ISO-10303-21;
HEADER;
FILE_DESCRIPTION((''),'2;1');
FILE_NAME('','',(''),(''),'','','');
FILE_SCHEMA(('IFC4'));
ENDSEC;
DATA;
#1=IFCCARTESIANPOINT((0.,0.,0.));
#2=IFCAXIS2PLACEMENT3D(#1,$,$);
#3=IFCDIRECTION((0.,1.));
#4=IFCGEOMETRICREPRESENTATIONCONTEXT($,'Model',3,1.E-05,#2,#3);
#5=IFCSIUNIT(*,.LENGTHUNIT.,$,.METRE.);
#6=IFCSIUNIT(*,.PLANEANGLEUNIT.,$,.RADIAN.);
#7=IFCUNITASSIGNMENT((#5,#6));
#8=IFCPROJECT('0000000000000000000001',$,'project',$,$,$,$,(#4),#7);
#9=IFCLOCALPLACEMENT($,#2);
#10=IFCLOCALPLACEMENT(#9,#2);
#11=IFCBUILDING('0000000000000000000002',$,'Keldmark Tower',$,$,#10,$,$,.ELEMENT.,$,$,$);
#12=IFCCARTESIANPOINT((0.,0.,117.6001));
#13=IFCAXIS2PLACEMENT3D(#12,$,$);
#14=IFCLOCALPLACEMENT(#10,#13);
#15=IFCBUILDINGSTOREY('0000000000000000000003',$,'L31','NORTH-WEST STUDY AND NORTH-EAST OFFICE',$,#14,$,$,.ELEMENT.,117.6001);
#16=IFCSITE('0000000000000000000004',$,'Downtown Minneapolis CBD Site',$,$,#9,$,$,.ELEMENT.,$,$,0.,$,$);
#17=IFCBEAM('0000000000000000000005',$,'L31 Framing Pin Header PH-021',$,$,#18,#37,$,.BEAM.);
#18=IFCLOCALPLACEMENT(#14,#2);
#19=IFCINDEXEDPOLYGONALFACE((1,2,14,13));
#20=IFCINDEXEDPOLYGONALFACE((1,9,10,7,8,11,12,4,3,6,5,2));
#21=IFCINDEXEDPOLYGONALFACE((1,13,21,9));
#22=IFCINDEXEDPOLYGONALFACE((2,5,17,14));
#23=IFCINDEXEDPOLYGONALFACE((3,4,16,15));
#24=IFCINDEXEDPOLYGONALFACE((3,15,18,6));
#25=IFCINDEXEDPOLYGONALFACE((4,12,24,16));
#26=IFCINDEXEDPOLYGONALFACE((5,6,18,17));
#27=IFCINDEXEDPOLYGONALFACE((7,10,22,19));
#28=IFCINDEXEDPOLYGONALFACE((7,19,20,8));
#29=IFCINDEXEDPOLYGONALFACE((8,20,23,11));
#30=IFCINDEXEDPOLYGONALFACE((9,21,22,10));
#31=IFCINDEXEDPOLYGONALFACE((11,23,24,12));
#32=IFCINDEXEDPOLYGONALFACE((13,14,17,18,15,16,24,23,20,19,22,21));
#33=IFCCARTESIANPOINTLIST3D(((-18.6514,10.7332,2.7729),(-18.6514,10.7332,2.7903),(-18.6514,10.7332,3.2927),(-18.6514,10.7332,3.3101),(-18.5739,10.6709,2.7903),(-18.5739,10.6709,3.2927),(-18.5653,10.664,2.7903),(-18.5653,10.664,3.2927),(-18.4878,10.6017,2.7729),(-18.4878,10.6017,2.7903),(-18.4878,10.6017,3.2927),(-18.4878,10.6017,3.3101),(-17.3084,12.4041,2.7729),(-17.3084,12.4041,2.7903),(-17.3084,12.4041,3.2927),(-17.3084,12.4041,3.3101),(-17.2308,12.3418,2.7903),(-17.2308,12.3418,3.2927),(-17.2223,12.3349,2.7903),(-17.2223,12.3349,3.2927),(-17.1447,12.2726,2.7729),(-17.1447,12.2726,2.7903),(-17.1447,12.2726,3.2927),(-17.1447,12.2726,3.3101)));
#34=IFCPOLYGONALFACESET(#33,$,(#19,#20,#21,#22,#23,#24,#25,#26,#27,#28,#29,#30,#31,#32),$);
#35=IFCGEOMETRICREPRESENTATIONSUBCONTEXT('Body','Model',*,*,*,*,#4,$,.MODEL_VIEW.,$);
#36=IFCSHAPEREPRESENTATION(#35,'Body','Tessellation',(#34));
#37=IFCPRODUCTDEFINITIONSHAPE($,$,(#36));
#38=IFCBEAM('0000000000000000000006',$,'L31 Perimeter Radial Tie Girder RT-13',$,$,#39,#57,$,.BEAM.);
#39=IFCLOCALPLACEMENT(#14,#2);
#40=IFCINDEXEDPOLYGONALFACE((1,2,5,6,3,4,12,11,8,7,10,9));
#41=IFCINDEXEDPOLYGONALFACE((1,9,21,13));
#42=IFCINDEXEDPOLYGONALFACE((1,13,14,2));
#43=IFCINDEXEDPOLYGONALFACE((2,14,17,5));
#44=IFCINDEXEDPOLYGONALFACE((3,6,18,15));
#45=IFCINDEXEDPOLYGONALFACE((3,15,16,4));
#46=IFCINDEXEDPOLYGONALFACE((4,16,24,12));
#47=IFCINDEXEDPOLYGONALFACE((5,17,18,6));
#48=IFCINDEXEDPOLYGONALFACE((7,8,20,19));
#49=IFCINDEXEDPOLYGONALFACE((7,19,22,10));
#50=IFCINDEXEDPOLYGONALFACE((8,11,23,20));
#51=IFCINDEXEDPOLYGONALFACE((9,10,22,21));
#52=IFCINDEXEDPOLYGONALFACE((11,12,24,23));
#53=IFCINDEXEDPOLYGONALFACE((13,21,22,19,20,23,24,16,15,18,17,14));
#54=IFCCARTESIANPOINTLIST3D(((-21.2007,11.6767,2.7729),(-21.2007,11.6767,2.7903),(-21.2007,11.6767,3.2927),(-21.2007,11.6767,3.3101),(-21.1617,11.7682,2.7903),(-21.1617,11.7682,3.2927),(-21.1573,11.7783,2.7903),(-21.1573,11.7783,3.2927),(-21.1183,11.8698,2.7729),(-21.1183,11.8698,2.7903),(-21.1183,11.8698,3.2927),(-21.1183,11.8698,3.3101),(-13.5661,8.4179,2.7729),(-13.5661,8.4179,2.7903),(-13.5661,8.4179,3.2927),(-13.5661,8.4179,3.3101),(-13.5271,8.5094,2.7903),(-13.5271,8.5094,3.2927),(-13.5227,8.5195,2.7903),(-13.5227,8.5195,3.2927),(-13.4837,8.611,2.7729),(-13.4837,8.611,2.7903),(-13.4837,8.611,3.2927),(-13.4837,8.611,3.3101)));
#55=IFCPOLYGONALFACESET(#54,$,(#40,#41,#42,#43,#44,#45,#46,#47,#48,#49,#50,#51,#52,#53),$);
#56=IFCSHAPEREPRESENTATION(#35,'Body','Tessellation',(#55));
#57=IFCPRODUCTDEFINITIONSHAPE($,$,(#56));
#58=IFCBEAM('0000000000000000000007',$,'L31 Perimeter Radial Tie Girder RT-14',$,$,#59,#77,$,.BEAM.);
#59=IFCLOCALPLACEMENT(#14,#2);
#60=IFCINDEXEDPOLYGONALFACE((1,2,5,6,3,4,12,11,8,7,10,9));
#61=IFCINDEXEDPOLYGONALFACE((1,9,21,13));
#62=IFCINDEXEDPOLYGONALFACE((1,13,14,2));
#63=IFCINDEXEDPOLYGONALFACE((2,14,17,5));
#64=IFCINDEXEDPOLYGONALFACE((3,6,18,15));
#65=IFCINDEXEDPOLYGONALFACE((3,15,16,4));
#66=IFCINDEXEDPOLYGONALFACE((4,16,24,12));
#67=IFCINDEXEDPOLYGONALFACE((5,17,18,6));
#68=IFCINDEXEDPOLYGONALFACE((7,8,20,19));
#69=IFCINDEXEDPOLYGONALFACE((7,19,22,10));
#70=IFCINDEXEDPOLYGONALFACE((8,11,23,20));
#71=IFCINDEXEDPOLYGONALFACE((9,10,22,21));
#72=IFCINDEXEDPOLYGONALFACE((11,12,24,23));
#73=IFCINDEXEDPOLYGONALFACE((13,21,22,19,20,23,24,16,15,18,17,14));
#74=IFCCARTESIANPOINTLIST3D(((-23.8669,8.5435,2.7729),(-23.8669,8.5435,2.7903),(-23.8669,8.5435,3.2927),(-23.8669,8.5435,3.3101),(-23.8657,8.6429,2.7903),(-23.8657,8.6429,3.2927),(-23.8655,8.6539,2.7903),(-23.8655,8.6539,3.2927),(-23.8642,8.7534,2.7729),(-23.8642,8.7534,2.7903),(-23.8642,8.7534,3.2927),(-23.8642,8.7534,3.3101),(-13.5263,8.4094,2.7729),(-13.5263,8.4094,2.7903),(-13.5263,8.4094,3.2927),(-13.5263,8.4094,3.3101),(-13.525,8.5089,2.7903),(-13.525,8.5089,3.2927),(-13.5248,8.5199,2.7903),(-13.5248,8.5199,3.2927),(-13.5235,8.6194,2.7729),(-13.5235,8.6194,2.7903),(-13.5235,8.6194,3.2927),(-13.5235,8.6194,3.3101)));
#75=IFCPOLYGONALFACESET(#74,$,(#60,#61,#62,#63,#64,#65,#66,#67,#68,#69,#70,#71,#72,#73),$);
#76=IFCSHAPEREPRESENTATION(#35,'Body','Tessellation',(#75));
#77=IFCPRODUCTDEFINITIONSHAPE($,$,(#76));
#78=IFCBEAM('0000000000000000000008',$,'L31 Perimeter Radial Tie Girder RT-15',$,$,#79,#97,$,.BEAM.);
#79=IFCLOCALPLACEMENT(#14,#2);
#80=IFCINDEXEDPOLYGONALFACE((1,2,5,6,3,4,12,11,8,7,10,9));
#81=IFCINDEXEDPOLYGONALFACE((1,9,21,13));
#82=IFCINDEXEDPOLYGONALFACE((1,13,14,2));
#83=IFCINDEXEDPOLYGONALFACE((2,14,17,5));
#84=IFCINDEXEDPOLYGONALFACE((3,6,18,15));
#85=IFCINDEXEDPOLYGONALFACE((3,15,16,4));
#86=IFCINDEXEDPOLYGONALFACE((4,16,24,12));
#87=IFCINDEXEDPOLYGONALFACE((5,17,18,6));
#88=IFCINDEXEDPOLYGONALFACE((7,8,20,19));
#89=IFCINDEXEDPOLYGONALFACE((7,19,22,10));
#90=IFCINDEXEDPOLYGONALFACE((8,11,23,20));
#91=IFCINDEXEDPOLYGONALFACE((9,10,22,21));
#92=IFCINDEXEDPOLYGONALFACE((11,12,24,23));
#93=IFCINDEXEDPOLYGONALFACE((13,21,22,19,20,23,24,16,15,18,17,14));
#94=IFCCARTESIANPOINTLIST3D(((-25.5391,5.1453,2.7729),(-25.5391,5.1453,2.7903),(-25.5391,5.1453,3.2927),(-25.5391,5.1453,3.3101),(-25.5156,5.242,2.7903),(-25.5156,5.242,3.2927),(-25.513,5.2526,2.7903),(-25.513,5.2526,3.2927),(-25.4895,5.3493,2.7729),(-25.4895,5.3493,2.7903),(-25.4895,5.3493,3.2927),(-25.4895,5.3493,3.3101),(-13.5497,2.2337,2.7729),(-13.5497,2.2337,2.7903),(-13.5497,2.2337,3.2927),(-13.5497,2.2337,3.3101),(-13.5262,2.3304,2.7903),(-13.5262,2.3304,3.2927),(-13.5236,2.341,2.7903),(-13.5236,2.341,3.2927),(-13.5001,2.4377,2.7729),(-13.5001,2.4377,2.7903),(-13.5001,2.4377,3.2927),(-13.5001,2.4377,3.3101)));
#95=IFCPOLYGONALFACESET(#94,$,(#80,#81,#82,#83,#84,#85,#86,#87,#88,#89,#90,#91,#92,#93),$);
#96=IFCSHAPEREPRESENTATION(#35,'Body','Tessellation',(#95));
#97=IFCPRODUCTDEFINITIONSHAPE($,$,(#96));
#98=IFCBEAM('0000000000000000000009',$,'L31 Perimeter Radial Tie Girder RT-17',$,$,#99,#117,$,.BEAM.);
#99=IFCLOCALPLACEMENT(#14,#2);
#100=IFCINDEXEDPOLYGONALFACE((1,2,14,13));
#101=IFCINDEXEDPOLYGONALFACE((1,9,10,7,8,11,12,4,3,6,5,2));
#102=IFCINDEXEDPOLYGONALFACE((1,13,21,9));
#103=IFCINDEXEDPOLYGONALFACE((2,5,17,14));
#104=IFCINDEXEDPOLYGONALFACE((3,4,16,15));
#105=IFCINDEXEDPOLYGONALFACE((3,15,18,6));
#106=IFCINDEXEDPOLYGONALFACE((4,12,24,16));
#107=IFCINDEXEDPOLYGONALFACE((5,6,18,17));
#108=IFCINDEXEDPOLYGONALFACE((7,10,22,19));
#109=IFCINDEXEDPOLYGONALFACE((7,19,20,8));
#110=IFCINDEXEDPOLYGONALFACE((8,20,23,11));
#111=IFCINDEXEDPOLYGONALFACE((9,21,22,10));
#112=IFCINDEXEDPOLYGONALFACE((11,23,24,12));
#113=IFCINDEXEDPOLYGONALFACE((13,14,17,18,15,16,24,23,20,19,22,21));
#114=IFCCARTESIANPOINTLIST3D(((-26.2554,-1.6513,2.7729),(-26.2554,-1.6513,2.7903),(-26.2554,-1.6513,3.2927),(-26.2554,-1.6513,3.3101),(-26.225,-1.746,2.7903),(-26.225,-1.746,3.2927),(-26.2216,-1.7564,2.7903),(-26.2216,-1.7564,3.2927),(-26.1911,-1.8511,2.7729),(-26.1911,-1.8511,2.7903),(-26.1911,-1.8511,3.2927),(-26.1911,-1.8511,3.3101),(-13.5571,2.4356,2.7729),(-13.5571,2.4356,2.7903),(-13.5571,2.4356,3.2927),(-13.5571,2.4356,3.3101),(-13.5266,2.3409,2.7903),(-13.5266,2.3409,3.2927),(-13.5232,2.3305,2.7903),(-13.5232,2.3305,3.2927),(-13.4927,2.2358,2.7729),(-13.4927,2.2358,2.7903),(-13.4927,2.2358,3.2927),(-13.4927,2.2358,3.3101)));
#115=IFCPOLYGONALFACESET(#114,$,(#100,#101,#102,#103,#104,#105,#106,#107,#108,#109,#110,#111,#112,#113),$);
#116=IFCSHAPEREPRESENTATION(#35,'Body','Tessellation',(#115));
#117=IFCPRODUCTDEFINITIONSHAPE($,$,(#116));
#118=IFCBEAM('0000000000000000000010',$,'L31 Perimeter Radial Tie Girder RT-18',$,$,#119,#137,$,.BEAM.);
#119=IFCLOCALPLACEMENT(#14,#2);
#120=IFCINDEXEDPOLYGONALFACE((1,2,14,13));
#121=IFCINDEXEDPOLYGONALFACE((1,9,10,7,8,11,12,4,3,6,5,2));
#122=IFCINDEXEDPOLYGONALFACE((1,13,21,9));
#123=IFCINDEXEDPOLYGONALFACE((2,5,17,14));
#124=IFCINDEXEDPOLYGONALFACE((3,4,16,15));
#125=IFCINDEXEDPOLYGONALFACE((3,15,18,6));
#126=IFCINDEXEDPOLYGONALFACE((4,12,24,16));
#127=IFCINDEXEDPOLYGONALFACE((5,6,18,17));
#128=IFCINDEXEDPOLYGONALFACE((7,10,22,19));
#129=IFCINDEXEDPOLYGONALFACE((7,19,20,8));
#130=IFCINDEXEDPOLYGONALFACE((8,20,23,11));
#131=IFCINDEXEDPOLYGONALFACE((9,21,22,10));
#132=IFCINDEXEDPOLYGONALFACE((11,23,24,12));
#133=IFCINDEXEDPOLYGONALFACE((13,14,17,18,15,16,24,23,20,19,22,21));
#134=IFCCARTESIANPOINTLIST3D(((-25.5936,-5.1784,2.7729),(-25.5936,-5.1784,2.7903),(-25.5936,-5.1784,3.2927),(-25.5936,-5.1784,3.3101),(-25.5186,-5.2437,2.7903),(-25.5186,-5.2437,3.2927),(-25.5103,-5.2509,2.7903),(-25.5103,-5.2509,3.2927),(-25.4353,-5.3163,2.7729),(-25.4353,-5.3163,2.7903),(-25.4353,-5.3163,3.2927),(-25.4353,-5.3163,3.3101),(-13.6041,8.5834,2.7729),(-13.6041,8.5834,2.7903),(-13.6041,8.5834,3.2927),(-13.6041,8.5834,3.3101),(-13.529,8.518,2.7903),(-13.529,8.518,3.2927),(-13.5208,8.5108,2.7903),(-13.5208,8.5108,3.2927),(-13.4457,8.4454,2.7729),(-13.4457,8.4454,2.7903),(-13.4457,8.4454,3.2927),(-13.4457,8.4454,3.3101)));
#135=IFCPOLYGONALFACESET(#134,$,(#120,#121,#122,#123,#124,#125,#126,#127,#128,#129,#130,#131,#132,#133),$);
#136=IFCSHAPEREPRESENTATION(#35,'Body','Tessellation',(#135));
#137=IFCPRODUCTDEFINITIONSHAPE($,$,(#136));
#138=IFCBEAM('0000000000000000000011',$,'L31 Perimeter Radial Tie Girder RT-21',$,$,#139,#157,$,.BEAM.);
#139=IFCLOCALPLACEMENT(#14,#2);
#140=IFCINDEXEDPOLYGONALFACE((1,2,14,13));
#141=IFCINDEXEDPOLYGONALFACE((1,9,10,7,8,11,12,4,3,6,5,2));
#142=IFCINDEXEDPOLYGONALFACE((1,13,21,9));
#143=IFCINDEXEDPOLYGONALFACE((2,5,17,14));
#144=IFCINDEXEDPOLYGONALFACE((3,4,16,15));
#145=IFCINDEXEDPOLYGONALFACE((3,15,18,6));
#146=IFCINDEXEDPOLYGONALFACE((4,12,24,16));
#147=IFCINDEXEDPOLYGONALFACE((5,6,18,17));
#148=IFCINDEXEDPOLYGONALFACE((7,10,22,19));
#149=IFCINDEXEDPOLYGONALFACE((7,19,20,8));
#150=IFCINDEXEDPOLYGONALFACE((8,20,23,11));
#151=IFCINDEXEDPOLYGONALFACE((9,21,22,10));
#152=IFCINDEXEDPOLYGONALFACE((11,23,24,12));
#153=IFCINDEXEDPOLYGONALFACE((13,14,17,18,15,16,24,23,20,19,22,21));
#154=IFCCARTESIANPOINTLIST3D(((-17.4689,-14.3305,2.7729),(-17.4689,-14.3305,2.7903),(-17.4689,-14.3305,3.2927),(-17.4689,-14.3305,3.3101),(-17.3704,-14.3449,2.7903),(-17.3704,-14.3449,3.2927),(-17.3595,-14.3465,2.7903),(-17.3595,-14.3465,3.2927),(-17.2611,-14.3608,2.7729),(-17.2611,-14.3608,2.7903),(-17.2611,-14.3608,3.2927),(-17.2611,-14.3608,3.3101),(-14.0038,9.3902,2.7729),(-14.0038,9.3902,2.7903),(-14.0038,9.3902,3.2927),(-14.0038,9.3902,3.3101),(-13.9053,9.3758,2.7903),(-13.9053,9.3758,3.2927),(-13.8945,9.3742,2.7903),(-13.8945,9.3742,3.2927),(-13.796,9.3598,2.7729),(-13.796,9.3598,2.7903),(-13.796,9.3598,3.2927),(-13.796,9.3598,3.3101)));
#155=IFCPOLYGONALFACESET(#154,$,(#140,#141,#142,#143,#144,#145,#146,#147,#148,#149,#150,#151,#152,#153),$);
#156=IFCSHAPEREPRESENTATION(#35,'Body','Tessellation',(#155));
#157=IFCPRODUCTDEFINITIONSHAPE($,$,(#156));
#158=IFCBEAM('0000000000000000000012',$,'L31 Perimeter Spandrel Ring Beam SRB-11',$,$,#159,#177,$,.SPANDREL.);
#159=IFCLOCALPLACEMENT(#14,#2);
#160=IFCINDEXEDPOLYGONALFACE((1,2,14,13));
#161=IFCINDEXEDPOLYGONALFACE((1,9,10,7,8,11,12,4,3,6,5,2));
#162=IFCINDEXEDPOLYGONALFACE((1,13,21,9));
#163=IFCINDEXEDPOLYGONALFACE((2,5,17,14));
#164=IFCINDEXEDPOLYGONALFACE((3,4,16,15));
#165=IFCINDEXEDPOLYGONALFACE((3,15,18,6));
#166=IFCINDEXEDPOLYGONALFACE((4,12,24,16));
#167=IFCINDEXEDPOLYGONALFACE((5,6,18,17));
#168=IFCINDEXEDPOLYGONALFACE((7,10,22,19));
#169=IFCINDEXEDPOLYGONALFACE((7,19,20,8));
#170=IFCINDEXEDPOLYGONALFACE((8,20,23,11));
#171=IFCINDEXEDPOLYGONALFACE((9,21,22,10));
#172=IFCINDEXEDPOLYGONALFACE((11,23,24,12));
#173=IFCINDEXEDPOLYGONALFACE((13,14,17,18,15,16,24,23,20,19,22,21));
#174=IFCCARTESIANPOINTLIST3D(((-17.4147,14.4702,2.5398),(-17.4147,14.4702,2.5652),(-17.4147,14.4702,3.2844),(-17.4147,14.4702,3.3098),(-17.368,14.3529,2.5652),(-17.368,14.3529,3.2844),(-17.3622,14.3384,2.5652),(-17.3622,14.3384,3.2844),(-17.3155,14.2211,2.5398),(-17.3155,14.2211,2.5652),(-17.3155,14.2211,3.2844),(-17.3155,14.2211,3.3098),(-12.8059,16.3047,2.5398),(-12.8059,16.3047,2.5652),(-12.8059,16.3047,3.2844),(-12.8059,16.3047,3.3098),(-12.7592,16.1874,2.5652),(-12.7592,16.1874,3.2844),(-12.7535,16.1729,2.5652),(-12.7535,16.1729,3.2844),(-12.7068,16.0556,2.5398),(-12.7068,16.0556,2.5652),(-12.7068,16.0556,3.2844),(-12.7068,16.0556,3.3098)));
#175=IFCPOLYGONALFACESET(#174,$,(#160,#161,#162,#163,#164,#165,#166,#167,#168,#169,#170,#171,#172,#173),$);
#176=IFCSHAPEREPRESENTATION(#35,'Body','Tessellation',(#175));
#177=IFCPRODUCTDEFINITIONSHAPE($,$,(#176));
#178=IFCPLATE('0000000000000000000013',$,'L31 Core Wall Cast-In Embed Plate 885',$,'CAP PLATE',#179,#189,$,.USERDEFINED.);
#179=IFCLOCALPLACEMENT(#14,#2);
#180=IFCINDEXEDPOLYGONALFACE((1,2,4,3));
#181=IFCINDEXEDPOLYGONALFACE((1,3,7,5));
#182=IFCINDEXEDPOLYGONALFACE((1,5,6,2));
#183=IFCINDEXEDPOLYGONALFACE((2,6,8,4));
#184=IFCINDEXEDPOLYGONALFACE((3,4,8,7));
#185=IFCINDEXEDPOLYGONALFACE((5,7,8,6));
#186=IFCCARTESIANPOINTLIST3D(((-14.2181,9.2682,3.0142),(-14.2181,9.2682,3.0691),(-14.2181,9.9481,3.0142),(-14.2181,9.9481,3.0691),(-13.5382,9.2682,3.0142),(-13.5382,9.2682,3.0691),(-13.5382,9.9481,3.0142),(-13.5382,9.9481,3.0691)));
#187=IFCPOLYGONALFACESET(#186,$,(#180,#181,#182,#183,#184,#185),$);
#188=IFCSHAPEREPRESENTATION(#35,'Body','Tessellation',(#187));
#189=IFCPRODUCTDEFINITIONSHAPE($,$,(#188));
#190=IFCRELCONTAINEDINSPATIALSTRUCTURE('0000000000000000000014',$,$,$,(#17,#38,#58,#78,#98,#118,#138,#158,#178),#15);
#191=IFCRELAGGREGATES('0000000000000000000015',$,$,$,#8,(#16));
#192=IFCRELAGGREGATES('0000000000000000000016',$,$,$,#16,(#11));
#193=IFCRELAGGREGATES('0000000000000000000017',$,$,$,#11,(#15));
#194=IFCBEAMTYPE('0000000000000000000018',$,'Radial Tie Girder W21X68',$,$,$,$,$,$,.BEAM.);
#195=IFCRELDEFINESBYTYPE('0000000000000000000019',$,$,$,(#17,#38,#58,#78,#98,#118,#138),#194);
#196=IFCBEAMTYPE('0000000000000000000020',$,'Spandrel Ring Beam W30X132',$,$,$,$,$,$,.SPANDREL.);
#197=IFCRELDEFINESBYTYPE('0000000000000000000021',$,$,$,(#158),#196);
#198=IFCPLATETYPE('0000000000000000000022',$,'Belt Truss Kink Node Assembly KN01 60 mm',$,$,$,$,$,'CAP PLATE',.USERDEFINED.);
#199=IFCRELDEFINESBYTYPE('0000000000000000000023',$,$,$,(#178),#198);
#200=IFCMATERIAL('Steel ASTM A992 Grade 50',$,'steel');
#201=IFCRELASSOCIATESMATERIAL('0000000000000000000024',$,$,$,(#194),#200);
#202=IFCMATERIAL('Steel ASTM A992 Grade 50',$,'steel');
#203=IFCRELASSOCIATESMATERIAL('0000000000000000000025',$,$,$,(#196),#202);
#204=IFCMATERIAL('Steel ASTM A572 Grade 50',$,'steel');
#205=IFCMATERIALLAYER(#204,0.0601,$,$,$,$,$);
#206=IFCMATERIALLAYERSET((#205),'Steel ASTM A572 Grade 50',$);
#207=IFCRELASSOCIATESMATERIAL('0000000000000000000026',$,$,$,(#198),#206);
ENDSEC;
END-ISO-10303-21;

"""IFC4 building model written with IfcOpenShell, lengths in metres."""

from ifc_helpers import new_model, si_unit, direction, frame, origin, origin_2d, place, context, subcontext, project, spatial, rectangle, i_section, extrude, material, layer, layer_set, material_profile, profile_set, type_object, element, save


model = new_model("IFC4")

# Units and contexts
model_context = context("Model", 3, precision=1e-05, world=origin(), true_north=direction((0.0, 1.0)))
body_context = subcontext(model_context, "Body", "Model", "MODEL_VIEW")
ifc_project = project(units=[si_unit("LENGTHUNIT", "METRE"), si_unit("PLANEANGLEUNIT", "RADIAN")], contexts=[model_context])

# Site, building, storey
site_placement = place(None, origin())
site = spatial("IfcSite", under=ifc_project, at=site_placement, Name="Downtown Minneapolis CBD Site", CompositionType="ELEMENT", RefElevation=0.0)
building_placement = place(site_placement, origin())
building = spatial("IfcBuilding", under=site, at=building_placement, Name="Keldmark Tower", CompositionType="ELEMENT")
storey_placement = place(building_placement, frame((0.0, 0.0, 117.6001)))
storey = spatial("IfcBuildingStorey", under=building, at=storey_placement, Name="L31", Description="NORTH-WEST STUDY AND NORTH-EAST OFFICE", CompositionType="ELEMENT", Elevation=117.6001)

# Beams
ifc_material_1 = material(Name="Steel ASTM A992 Grade 50", Category="steel")
ifc_material_profile_1 = material_profile(ifc_material_1, i_section(OverallWidth=0.21, OverallDepth=0.5371, WebThickness=0.011, FlangeThickness=0.0173, at=origin_2d()), Name="W21X68")
ifc_profile_set_1 = profile_set([ifc_material_profile_1], Name="Steel ASTM A992 Grade 50")
beam_type_1 = type_object("IfcBeamType", Name="Radial Tie Girder W21X68", PredefinedType="BEAM", material=ifc_profile_set_1)
beam_1_placement = place(storey_placement, frame((-17.2266, 12.3384, 3.0415), z_axis=(-0.626485, -0.779433, 0.0), x_axis=(0.779433, -0.626485, 0.0)))
element("IfcBeam", 1, at=beam_1_placement, inside=storey, type_object=beam_type_1, Name="L31 Framing Pin Header PH-021", PredefinedType="BEAM", context=body_context, shape_type="SweptSolid", body=[
    extrude(i_section(OverallWidth=0.21, OverallDepth=0.5371, WebThickness=0.011, FlangeThickness=0.0173, at=origin_2d()), origin(), (0.0, 0.0, 1.0), 2.1438),
])
beam_2_placement = place(storey_placement, frame((-13.5249, 8.5144, 3.0415), z_axis=(-0.919718, 0.392581, 0.0), x_axis=(-0.392581, -0.919718, 0.0)))
element("IfcBeam", 2, at=beam_2_placement, inside=storey, type_object=beam_type_1, Name="L31 Perimeter Radial Tie Girder RT-13", PredefinedType="BEAM", context=body_context, shape_type="SweptSolid", body=[
    extrude(i_section(OverallWidth=0.21, OverallDepth=0.5371, WebThickness=0.011, FlangeThickness=0.0173, at=origin_2d()), origin(), (0.0, 0.0, 1.0), 8.301),
])
beam_3_placement = place(storey_placement, frame((-13.5249, 8.5144, 3.0415), z_axis=(-0.999916, 0.012961, 0.0), x_axis=(-0.012961, -0.999916, 0.0)))
element("IfcBeam", 3, at=beam_3_placement, inside=storey, type_object=beam_type_1, Name="L31 Perimeter Radial Tie Girder RT-14", PredefinedType="BEAM", context=body_context, shape_type="SweptSolid", body=[
    extrude(i_section(OverallWidth=0.21, OverallDepth=0.5371, WebThickness=0.011, FlangeThickness=0.0173, at=origin_2d()), origin(), (0.0, 0.0, 1.0), 10.3416),
])
beam_4_placement = place(storey_placement, frame((-13.5249, 2.3357, 3.0415), z_axis=(-0.971756, 0.235989, 0.0), x_axis=(-0.235989, -0.971756, 0.0)))
element("IfcBeam", 4, at=beam_4_placement, inside=storey, type_object=beam_type_1, Name="L31 Perimeter Radial Tie Girder RT-15", PredefinedType="BEAM", context=body_context, shape_type="SweptSolid", body=[
    extrude(i_section(OverallWidth=0.21, OverallDepth=0.5371, WebThickness=0.011, FlangeThickness=0.0173, at=origin_2d()), origin(), (0.0, 0.0, 1.0), 12.3379),
])
beam_5_placement = place(storey_placement, frame((-13.5249, 2.3357, 3.0415), z_axis=(-0.951914, -0.306366, 0.0), x_axis=(0.306366, -0.951914, 0.0)))
element("IfcBeam", 5, at=beam_5_placement, inside=storey, type_object=beam_type_1, Name="L31 Perimeter Radial Tie Girder RT-17", PredefinedType="BEAM", context=body_context, shape_type="SweptSolid", body=[
    extrude(i_section(OverallWidth=0.21, OverallDepth=0.5371, WebThickness=0.011, FlangeThickness=0.0173, at=origin_2d()), origin(), (0.0, 0.0, 1.0), 13.3398),
])
beam_6_placement = place(storey_placement, frame((-13.5249, 8.5144, 3.0415), z_axis=(-0.656889, -0.753987, 0.0), x_axis=(0.753987, -0.656889, 0.0)))
element("IfcBeam", 6, at=beam_6_placement, inside=storey, type_object=beam_type_1, Name="L31 Perimeter Radial Tie Girder RT-18", PredefinedType="BEAM", context=body_context, shape_type="SweptSolid", body=[
    extrude(i_section(OverallWidth=0.21, OverallDepth=0.5371, WebThickness=0.011, FlangeThickness=0.0173, at=origin_2d()), origin(), (0.0, 0.0, 1.0), 18.252),
])
beam_7_placement = place(storey_placement, frame((-13.8999, 9.375, 3.0415), z_axis=(-0.144545, -0.989498, 0.0), x_axis=(0.989498, -0.144545, 0.0)))
element("IfcBeam", 7, at=beam_7_placement, inside=storey, type_object=beam_type_1, Name="L31 Perimeter Radial Tie Girder RT-21", PredefinedType="BEAM", context=body_context, shape_type="SweptSolid", body=[
    extrude(i_section(OverallWidth=0.21, OverallDepth=0.5371, WebThickness=0.011, FlangeThickness=0.0173, at=origin_2d()), origin(), (0.0, 0.0, 1.0), 23.9724),
])
ifc_material_2 = material(Name="Steel ASTM A992 Grade 50", Category="steel")
ifc_material_profile_2 = material_profile(ifc_material_2, i_section(OverallWidth=0.2681, OverallDepth=0.77, WebThickness=0.0156, FlangeThickness=0.0254, at=origin_2d()), Name="W30X132")
ifc_profile_set_2 = profile_set([ifc_material_profile_2], Name="Steel ASTM A992 Grade 50")
beam_type_2 = type_object("IfcBeamType", Name="Spandrel Ring Beam W30X132", PredefinedType="SPANDREL", material=ifc_profile_set_2)
beam_8_placement = place(storey_placement, frame((-12.7563, 16.1802, 2.9248), z_axis=(-0.9291, -0.369829, 0.0), x_axis=(0.369829, -0.9291, 0.0)))
element("IfcBeam", 8, at=beam_8_placement, inside=storey, type_object=beam_type_2, Name="L31 Perimeter Spandrel Ring Beam SRB-11", PredefinedType="SPANDREL", context=body_context, shape_type="SweptSolid", body=[
    extrude(i_section(OverallWidth=0.2681, OverallDepth=0.77, WebThickness=0.0156, FlangeThickness=0.0254, at=origin_2d()), origin(), (0.0, 0.0, 1.0), 4.9604),
])

# Plate
ifc_material_3 = material(Name="Steel ASTM A572 Grade 50", Category="steel")
ifc_layer_1 = layer(ifc_material_3, 0.0601)
ifc_layer_set_1 = layer_set([ifc_layer_1], Name="Steel ASTM A572 Grade 50")
plate_type_1 = type_object("IfcPlateType", Name="Belt Truss Kink Node Assembly KN01 60 mm", ElementType="CAP PLATE", PredefinedType="USERDEFINED", material=ifc_layer_set_1)
for number, where, z_axis, x_axis, name in (
    (9, (-13.8782, 9.6082, 3.0142), (0.0, 0.0, 1.0), (1.0, 0.0, 0.0), "L31 Core Wall Cast-In Embed Plate 885"),
):
    element("IfcPlate", number, at=place(storey_placement, frame(where, z_axis=z_axis, x_axis=x_axis)), inside=storey, type_object=plate_type_1, Name=name, ObjectType="CAP PLATE", PredefinedType="USERDEFINED", context=body_context, shape_type="SweptSolid", body=[
        extrude(rectangle(XDim=0.6799, YDim=0.6799, at=origin_2d()), origin(), (0.0, 0.0, 1.0), 0.0549),
    ])

save(model, "model.ifc")
